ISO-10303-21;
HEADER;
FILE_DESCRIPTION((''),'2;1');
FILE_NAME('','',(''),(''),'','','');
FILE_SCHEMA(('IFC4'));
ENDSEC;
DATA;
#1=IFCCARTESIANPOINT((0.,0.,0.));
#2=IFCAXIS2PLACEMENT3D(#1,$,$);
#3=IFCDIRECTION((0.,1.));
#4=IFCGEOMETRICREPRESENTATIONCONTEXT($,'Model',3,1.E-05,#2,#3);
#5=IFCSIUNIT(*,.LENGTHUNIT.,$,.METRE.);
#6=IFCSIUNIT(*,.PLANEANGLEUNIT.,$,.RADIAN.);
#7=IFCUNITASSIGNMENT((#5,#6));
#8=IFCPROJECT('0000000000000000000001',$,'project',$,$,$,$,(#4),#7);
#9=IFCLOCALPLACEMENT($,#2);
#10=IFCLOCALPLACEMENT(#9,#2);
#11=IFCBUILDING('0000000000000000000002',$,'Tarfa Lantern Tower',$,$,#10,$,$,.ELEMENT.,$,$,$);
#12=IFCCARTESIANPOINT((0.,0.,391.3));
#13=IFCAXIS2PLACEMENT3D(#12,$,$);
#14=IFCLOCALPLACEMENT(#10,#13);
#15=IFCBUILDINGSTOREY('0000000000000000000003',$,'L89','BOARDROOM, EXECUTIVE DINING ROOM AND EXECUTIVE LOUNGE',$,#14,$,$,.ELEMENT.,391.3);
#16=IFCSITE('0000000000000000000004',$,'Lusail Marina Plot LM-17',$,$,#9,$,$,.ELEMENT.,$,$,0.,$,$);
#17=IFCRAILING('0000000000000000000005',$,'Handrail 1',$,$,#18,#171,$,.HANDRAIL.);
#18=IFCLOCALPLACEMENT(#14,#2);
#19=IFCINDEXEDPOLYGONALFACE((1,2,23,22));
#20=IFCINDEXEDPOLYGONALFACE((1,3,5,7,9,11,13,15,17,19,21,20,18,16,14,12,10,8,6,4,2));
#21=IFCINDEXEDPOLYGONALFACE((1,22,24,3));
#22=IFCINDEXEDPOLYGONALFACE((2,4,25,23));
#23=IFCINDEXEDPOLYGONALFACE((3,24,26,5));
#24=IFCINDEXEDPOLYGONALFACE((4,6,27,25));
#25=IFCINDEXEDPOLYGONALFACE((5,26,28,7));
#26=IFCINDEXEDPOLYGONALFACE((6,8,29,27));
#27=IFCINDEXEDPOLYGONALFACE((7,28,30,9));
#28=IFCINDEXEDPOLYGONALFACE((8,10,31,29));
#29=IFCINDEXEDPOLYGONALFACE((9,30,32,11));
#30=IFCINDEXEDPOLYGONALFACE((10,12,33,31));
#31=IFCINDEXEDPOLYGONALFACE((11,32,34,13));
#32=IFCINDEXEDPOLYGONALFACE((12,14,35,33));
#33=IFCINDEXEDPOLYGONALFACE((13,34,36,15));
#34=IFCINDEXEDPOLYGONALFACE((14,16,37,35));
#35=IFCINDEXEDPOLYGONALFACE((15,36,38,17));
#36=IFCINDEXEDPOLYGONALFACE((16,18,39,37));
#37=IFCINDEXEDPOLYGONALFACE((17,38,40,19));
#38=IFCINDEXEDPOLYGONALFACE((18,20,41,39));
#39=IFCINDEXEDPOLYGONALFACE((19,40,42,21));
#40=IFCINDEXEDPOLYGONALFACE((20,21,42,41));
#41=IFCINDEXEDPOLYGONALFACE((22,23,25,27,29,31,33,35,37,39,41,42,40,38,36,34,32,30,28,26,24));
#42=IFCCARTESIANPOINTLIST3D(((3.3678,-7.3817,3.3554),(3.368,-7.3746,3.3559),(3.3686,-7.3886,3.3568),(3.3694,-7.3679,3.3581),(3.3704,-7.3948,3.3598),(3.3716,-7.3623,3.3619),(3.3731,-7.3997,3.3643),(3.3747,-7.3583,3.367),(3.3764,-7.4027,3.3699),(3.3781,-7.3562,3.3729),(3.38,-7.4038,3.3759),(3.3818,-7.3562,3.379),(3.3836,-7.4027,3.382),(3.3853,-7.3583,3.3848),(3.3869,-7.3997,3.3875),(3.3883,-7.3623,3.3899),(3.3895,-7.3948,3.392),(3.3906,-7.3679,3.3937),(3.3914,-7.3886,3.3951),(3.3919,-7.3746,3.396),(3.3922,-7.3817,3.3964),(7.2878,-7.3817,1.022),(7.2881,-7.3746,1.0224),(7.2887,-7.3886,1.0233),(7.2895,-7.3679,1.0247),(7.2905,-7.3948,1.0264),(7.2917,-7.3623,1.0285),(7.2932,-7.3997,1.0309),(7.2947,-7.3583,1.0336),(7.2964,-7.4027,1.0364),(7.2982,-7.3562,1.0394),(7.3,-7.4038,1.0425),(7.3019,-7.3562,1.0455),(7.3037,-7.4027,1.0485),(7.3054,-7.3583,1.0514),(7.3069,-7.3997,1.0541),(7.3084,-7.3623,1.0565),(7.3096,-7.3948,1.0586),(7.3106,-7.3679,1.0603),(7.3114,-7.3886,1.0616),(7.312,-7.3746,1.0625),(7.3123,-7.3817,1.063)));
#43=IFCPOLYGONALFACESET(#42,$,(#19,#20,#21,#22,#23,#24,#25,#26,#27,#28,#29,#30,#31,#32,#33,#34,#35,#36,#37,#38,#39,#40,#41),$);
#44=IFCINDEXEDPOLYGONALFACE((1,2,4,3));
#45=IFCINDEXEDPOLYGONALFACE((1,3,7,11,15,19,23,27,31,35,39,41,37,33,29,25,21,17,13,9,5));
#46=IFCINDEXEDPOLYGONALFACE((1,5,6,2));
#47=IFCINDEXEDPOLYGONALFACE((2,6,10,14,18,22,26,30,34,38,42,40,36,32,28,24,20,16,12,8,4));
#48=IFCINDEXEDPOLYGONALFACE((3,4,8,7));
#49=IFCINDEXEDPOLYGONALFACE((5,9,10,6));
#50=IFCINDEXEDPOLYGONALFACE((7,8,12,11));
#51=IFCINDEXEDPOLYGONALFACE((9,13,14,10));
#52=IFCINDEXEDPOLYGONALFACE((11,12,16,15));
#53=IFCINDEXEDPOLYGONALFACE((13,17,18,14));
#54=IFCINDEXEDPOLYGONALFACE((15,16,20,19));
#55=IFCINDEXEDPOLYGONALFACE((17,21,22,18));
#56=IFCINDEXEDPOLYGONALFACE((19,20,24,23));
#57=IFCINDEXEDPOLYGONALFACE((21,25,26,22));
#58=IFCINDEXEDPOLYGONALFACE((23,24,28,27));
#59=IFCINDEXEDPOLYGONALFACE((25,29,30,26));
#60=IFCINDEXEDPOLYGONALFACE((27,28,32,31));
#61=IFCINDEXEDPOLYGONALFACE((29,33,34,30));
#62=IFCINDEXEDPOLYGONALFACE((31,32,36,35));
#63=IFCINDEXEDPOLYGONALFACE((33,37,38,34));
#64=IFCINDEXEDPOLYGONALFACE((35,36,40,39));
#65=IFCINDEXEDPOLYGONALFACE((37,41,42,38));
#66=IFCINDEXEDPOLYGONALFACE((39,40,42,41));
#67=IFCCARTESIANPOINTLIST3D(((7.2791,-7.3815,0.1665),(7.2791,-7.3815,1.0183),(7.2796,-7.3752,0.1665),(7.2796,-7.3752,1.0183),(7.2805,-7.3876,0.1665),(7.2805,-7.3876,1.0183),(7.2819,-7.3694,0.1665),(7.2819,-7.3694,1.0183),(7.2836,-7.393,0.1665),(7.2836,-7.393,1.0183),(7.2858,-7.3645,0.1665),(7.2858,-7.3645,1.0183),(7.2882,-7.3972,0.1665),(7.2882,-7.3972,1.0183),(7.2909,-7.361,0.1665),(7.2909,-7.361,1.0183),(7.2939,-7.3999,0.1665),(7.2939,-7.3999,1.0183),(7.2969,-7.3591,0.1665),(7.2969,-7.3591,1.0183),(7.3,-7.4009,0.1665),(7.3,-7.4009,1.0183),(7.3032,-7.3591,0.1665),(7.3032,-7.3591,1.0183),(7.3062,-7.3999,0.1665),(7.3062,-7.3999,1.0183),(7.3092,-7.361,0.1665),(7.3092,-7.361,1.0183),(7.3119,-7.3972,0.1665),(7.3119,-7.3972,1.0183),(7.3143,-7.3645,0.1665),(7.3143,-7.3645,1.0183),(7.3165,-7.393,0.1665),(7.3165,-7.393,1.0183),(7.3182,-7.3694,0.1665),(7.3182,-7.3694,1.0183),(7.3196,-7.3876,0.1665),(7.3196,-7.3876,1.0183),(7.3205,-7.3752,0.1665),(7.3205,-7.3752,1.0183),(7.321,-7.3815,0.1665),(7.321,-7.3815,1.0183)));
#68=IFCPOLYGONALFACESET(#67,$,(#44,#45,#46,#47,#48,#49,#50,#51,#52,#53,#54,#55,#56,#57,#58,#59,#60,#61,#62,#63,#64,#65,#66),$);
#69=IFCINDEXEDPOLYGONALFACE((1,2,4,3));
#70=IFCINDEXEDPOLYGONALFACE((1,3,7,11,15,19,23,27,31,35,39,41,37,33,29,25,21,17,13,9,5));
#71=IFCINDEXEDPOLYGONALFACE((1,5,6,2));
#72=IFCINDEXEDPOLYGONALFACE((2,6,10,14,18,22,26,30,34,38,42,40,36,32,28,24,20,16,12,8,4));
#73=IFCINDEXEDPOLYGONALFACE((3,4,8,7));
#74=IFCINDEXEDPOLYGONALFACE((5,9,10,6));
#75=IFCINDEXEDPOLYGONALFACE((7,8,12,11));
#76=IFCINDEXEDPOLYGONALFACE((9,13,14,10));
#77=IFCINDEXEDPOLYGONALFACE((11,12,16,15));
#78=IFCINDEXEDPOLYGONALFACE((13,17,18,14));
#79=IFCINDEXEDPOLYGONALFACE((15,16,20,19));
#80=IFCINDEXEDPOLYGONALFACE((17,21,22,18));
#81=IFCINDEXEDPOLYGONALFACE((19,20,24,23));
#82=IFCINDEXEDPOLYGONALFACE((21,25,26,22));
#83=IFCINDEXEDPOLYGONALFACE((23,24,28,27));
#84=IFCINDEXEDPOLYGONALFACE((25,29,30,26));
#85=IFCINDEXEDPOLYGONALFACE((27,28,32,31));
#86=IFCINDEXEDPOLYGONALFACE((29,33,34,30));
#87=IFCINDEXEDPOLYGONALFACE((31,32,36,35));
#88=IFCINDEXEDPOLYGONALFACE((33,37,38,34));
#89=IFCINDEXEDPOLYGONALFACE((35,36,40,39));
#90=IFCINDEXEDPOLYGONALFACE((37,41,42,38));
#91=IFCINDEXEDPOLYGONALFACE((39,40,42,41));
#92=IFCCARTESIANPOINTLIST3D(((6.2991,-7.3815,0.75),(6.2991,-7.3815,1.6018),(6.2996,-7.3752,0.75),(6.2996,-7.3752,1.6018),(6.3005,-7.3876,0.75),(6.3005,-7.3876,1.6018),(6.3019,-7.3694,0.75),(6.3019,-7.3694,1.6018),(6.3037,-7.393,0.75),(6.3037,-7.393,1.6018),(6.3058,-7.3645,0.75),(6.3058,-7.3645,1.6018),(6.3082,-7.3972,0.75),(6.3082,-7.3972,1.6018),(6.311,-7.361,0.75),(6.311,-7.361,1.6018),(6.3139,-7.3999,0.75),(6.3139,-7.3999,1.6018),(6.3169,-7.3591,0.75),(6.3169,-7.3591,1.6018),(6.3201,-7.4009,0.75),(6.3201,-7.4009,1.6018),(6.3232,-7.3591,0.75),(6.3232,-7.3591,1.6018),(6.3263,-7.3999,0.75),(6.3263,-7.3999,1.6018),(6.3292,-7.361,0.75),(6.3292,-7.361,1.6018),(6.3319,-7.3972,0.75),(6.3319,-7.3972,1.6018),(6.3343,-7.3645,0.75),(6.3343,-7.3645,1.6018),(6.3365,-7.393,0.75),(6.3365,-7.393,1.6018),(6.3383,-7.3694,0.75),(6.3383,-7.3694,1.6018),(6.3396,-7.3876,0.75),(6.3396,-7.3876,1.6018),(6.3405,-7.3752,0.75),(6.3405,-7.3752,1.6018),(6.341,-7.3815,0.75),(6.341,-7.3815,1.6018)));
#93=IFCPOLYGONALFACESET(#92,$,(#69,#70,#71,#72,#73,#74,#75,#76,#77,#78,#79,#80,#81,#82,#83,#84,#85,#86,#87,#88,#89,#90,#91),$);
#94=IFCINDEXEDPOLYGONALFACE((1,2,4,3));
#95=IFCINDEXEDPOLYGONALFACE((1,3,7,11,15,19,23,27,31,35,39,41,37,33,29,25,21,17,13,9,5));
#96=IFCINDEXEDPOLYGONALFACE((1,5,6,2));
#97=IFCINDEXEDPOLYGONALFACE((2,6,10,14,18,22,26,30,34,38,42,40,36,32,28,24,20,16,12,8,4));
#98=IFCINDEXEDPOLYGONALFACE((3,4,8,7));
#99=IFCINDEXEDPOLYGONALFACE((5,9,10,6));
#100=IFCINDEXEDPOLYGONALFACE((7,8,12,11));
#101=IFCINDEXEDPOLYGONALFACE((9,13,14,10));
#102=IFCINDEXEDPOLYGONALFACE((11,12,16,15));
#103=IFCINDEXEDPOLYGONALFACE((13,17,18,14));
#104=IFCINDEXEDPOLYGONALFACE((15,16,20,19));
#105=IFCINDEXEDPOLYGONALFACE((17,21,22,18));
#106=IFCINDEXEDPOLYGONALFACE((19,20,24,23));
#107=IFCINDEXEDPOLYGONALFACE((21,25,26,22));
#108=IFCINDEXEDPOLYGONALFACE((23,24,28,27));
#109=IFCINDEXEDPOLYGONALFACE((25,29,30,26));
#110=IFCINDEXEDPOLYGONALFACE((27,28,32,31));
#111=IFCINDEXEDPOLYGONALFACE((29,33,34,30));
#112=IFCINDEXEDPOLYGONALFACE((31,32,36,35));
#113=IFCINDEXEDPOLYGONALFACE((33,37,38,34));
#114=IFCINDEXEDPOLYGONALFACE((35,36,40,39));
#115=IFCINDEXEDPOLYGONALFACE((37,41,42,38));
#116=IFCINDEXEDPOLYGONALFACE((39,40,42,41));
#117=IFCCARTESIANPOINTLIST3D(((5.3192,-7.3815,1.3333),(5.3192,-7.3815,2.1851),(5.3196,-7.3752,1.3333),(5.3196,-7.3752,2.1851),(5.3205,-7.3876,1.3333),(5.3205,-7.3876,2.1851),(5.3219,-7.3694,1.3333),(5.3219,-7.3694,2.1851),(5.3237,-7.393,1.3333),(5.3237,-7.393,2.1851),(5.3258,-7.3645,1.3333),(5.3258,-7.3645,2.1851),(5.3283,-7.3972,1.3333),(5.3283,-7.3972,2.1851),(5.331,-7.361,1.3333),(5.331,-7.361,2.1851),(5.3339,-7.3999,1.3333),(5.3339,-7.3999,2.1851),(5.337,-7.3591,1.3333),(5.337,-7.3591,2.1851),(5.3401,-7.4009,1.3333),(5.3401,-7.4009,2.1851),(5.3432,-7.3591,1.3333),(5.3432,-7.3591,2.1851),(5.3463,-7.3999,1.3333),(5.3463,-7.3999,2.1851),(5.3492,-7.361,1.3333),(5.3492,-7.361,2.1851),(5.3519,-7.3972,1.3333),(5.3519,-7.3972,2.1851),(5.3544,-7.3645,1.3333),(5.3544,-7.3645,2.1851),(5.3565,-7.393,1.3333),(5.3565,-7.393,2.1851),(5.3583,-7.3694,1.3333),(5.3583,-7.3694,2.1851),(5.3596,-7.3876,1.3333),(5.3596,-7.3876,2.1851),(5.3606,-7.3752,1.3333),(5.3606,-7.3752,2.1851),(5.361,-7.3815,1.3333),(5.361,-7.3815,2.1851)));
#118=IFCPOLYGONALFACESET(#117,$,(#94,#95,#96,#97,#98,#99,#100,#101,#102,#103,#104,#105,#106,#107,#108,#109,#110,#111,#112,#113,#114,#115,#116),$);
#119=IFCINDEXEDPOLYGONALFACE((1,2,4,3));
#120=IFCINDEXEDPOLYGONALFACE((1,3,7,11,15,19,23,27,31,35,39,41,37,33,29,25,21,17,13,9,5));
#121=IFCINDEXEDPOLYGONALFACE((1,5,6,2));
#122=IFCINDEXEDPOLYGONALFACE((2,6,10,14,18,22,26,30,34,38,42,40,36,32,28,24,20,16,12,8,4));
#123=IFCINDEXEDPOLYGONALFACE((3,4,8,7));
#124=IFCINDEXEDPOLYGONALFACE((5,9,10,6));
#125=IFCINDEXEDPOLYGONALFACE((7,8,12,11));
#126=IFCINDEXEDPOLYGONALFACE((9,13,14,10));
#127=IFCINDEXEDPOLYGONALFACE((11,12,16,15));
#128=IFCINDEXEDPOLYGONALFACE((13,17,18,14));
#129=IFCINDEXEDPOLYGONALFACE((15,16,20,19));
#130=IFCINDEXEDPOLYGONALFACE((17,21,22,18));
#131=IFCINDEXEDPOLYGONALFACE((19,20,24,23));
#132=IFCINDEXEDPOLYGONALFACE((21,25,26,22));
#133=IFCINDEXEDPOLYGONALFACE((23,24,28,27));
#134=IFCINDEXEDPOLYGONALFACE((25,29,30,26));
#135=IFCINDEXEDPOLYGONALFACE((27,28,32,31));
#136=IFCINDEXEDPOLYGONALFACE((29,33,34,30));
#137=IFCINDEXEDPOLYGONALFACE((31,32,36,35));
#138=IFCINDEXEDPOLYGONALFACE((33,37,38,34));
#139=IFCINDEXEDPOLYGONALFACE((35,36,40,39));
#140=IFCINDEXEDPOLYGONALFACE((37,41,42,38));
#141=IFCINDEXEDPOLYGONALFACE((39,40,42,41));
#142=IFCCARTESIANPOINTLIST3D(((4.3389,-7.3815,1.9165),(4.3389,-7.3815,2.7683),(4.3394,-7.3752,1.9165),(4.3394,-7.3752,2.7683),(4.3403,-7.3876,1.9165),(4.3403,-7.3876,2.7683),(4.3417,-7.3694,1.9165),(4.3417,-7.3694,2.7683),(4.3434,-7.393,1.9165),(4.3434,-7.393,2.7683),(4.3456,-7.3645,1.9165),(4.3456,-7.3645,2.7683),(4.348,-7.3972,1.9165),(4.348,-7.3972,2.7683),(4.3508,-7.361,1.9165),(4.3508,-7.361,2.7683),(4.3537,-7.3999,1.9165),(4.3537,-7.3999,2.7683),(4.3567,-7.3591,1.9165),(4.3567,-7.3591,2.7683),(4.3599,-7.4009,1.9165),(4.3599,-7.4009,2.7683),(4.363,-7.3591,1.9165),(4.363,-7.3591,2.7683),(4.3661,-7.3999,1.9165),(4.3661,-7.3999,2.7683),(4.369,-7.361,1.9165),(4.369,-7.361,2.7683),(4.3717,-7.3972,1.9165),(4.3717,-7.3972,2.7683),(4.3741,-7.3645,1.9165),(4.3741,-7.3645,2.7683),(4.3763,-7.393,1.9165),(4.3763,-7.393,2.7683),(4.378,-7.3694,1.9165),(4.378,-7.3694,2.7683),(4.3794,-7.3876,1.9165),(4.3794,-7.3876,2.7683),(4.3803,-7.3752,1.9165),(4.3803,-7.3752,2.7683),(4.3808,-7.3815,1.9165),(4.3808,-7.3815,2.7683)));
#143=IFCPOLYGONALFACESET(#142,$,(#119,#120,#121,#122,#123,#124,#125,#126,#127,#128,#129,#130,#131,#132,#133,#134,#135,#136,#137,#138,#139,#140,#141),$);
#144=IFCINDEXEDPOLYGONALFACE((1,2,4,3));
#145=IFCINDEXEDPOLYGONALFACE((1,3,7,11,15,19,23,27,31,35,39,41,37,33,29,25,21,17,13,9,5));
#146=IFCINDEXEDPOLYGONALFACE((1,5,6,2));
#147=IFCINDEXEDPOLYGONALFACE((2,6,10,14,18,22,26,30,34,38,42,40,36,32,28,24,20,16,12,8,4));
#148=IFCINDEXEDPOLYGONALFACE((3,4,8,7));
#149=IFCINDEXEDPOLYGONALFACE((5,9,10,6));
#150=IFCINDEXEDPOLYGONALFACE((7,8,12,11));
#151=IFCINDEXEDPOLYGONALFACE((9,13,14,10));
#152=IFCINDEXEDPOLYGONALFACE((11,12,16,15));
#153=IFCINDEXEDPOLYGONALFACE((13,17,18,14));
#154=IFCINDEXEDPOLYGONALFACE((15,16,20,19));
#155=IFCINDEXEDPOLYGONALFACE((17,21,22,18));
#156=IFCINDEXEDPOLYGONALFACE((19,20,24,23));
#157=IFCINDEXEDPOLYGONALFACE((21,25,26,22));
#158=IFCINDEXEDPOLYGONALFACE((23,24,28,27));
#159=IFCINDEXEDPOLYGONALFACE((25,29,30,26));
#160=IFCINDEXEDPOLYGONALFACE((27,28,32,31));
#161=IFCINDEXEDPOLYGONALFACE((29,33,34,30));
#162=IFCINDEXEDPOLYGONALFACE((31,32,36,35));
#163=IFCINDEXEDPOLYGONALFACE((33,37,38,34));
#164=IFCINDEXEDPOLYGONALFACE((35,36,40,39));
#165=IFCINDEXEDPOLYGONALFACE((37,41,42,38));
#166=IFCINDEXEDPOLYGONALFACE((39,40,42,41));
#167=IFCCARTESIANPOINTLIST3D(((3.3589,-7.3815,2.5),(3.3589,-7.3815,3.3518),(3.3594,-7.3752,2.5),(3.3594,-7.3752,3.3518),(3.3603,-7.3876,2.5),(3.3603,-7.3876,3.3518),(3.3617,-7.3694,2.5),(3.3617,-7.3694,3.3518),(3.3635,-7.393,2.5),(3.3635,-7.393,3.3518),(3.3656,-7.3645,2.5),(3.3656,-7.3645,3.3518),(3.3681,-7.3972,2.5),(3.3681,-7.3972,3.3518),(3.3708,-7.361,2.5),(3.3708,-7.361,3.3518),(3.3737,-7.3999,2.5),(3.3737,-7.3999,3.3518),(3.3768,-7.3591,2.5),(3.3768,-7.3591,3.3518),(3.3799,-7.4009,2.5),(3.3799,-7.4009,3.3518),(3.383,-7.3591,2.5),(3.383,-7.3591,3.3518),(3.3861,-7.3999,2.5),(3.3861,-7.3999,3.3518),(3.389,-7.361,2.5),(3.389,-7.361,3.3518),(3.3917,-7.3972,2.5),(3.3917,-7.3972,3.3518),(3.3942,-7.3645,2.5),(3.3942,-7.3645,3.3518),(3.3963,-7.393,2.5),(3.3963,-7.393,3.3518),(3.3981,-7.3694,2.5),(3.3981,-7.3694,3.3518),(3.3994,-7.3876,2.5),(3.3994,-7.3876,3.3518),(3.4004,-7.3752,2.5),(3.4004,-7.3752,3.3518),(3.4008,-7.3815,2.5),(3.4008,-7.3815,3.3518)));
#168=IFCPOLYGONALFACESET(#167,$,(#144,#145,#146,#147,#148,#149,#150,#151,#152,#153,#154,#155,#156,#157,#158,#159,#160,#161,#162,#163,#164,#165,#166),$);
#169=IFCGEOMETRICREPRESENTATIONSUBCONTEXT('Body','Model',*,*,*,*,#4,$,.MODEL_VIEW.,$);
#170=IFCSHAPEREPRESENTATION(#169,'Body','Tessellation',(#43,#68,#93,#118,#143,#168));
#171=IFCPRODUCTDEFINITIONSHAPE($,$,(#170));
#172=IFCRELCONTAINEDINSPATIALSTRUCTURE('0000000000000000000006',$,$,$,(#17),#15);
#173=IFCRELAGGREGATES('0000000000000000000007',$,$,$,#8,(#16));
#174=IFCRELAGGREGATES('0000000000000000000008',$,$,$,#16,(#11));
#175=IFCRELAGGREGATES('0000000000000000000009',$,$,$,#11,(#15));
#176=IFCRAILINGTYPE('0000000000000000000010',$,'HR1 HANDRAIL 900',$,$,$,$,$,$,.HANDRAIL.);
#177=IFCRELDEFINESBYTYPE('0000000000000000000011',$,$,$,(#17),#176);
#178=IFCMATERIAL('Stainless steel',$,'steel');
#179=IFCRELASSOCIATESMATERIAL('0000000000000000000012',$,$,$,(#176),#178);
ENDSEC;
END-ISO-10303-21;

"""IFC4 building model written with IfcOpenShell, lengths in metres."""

from ifc_helpers import new_model, si_unit, direction, frame, origin, origin_2d, place, context, subcontext, project, spatial, circle, extrude, material, type_object, element, save


model = new_model("IFC4")

# Units and contexts
model_context = context("Model", 3, precision=1e-05, world=origin(), true_north=direction((0.0, 1.0)))
body_context = subcontext(model_context, "Body", "Model", "MODEL_VIEW")
ifc_project = project(units=[si_unit("LENGTHUNIT", "METRE"), si_unit("PLANEANGLEUNIT", "RADIAN")], contexts=[model_context])

# Site, building, storey
site_placement = place(None, origin())
site = spatial("IfcSite", under=ifc_project, at=site_placement, Name="Lusail Marina Plot LM-17", CompositionType="ELEMENT", RefElevation=0.0)
building_placement = place(site_placement, origin())
building = spatial("IfcBuilding", under=site, at=building_placement, Name="Tarfa Lantern Tower", CompositionType="ELEMENT")
storey_placement = place(building_placement, frame((0.0, 0.0, 391.3)))
storey = spatial("IfcBuildingStorey", under=building, at=storey_placement, Name="L89", Description="BOARDROOM, EXECUTIVE DINING ROOM AND EXECUTIVE LOUNGE", CompositionType="ELEMENT", Elevation=391.3)

# Railing
ifc_material_1 = material(Name="Stainless steel", Category="steel")
railing_type = type_object("IfcRailingType", Name="HR1 HANDRAIL 900", PredefinedType="HANDRAIL", material=ifc_material_1)
railing_1_placement = place(storey_placement, frame((7.3, -7.3799, 0.1665)))
element("IfcRailing", 1, at=railing_1_placement, inside=storey, type_object=railing_type, Name="Handrail 1", PredefinedType="HANDRAIL", context=body_context, shape_type="SweptSolid", body=[
    extrude(circle(Radius=0.0239, at=origin_2d()), frame((0.0, 0.0, 0.876), z_axis=(-0.859287, 0.0, 0.511494), x_axis=(0.0, -1.0, 0.0)), (0.0, 0.0, 1.0), 4.562),
    extrude(circle(Radius=0.021, at=origin_2d()), frame((0.0, 0.0, 0.0), z_axis=(0.0, 0.0, 1.0), x_axis=(0.0, -1.0, 0.0)), (0.0, 0.0, 1.0), 0.8518),
    extrude(circle(Radius=0.021, at=origin_2d()), frame((-0.98, 0.0, 0.5835), z_axis=(0.0, 0.0, 1.0), x_axis=(0.0, -1.0, 0.0)), (0.0, 0.0, 1.0), 0.8518),
    extrude(circle(Radius=0.021, at=origin_2d()), frame((-1.96, 0.0, 1.1667), z_axis=(0.0, 0.0, 1.0), x_axis=(0.0, -1.0, 0.0)), (0.0, 0.0, 1.0), 0.8518),
    extrude(circle(Radius=0.021, at=origin_2d()), frame((-2.9402, 0.0, 1.75), z_axis=(0.0, 0.0, 1.0), x_axis=(0.0, -1.0, 0.0)), (0.0, 0.0, 1.0), 0.8518),
    extrude(circle(Radius=0.021, at=origin_2d()), frame((-3.9202, 0.0, 2.3335), z_axis=(0.0, 0.0, 1.0), x_axis=(0.0, -1.0, 0.0)), (0.0, 0.0, 1.0), 0.8518),
])

save(model, "model.ifc")
